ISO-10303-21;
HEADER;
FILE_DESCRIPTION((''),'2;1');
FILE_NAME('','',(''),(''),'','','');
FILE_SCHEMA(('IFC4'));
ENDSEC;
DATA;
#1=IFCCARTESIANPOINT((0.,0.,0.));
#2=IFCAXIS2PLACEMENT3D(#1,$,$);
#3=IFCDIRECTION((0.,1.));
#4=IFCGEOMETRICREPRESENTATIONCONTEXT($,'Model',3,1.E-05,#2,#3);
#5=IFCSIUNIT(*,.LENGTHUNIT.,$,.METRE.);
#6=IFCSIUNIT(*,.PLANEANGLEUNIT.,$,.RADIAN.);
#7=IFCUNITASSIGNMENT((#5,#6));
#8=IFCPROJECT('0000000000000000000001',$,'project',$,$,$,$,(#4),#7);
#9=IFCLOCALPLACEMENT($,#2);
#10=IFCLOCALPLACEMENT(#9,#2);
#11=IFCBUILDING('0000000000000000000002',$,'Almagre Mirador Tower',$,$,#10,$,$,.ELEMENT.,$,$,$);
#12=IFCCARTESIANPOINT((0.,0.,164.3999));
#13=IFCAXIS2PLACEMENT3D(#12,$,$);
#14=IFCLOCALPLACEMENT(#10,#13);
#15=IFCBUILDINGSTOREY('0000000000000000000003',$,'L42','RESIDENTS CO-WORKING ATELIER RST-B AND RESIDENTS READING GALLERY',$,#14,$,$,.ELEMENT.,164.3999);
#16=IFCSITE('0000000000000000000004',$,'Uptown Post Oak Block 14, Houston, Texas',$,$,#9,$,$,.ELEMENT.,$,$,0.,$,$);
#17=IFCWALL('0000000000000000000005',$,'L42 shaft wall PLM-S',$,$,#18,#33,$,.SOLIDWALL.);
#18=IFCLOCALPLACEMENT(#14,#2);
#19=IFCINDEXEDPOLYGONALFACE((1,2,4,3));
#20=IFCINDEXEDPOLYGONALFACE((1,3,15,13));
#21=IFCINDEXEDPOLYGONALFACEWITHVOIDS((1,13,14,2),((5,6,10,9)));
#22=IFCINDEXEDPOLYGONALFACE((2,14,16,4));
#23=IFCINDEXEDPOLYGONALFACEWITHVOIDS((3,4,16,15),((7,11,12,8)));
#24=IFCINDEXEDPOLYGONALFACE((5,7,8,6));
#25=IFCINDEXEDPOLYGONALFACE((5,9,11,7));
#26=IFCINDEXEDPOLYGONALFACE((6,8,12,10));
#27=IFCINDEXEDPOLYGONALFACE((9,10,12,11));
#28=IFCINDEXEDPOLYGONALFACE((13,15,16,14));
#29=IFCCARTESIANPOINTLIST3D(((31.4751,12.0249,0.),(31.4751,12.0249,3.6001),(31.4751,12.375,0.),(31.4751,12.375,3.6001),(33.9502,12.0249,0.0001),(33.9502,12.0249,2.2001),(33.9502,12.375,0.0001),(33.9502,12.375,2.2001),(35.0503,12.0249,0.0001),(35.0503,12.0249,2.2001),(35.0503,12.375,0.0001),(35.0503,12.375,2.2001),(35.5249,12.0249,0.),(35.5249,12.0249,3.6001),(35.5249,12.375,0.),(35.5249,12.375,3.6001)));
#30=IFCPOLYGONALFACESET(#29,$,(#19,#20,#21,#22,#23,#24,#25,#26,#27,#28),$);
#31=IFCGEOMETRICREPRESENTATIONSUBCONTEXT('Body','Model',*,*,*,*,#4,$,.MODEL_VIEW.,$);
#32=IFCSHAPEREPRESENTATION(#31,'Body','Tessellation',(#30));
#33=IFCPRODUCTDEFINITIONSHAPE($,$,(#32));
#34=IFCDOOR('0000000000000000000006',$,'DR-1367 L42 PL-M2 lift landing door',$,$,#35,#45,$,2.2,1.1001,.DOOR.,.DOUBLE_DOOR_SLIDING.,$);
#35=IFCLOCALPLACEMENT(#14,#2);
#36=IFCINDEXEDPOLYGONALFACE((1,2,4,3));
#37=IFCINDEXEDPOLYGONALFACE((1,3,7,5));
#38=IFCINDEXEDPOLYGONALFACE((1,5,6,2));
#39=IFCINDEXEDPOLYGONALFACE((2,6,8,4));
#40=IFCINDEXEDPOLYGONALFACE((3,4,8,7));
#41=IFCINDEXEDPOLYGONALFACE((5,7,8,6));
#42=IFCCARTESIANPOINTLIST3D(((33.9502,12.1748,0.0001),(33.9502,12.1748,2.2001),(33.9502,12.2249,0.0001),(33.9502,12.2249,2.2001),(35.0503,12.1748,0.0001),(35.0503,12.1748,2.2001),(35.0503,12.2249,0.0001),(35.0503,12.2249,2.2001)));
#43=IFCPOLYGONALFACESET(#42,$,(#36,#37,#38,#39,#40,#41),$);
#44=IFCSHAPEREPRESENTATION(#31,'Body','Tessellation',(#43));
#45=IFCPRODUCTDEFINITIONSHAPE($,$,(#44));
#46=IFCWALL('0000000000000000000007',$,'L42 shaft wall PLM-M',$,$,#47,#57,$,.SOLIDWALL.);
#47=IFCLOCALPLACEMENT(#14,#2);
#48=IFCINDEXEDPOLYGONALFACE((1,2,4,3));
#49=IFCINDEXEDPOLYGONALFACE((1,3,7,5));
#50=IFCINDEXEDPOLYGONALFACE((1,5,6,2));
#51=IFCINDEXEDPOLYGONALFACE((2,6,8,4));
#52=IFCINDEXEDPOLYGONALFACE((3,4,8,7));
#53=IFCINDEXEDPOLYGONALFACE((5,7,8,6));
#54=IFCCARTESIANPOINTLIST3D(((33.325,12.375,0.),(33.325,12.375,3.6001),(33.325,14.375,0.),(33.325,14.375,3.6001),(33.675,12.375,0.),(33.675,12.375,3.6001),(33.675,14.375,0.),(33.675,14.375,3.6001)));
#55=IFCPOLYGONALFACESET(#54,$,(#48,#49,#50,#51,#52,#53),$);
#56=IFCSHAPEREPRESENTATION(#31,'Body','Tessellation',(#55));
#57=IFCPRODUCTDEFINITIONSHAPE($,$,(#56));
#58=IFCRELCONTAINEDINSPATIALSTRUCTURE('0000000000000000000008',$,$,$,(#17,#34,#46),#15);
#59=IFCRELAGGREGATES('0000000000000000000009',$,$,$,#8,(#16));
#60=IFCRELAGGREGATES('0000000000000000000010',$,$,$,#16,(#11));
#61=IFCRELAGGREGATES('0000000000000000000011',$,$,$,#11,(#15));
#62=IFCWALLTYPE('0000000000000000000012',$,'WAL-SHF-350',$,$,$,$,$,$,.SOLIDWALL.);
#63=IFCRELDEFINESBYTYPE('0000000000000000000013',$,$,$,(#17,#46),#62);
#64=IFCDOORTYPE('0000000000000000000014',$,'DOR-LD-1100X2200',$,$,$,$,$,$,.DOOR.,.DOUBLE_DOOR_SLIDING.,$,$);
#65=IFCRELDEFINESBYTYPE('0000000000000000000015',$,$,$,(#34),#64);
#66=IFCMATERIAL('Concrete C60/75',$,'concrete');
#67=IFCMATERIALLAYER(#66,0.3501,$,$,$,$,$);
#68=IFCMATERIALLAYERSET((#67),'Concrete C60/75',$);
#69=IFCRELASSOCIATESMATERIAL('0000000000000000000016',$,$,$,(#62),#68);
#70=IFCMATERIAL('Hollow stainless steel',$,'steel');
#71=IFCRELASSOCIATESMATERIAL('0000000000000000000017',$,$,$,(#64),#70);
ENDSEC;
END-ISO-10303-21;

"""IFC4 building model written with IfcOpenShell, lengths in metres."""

from ifc_helpers import new_model, si_unit, direction, frame, frame_2d, origin, place, context, subcontext, project, spatial, rectangle, extrude, material, layer, layer_set, type_object, element, fill, save


model = new_model("IFC4")

# Units and contexts
model_context = context("Model", 3, precision=1e-05, world=origin(), true_north=direction((0.0, 1.0)))
body_context = subcontext(model_context, "Body", "Model", "MODEL_VIEW")
ifc_project = project(units=[si_unit("LENGTHUNIT", "METRE"), si_unit("PLANEANGLEUNIT", "RADIAN")], contexts=[model_context])

# Site, building, storey
site_placement = place(None, origin())
site = spatial("IfcSite", under=ifc_project, at=site_placement, Name="Uptown Post Oak Block 14, Houston, Texas", CompositionType="ELEMENT", RefElevation=0.0)
building_placement = place(site_placement, origin())
building = spatial("IfcBuilding", under=site, at=building_placement, Name="Almagre Mirador Tower", CompositionType="ELEMENT")
storey_placement = place(building_placement, frame((0.0, 0.0, 164.3999)))
storey = spatial("IfcBuildingStorey", under=building, at=storey_placement, Name="L42", Description="RESIDENTS CO-WORKING ATELIER RST-B AND RESIDENTS READING GALLERY", CompositionType="ELEMENT", Elevation=164.3999)

# Wall, opening, door
ifc_material_1 = material(Name="Concrete C60/75", Category="concrete")
ifc_layer_1 = layer(ifc_material_1, 0.3501)
ifc_layer_set_1 = layer_set([ifc_layer_1], Name="Concrete C60/75")
wall_type_1 = type_object("IfcWallType", Name="WAL-SHF-350", PredefinedType="SOLIDWALL", material=ifc_layer_set_1)
wall_1_placement = place(storey_placement, frame((31.4751, 12.2, 0.0), z_axis=(0.0, 0.0, 1.0), x_axis=(1.0, 0.0, 0.0)))
wall_1 = element("IfcWall", 1, at=wall_1_placement, inside=storey, type_object=wall_type_1, Name="L42 shaft wall PLM-S", PredefinedType="SOLIDWALL", context=body_context, shape_type="SweptSolid", body=[
    extrude(rectangle(XDim=4.0498, YDim=0.3501, at=frame_2d((2.0249, 0.0))), origin(), (0.0, 0.0, 1.0), 3.6001),
])
opening_1_placement = place(wall_1_placement, frame((2.4751, 0.0, 0.0)))
opening_1 = element("IfcOpeningElement", 2, at=opening_1_placement, cuts=wall_1, PredefinedType="OPENING", context=body_context, shape_type="SweptSolid", body=[
    extrude(rectangle(XDim=1.1001, YDim=2.2, at=frame_2d((0.55, 1.1001))), frame((0.0, 0.185, 0.0), z_axis=(0.0, -1.0, 0.0), x_axis=(1.0, 0.0, 0.0)), (0.0, 0.0, 1.0), 0.3701),
])
ifc_material_2 = material(Name="Hollow stainless steel", Category="steel")
door_type_1 = type_object("IfcDoorType", Name="DOR-LD-1100X2200", OperationType="DOUBLE_DOOR_SLIDING", PredefinedType="DOOR", material=ifc_material_2)
door_1_placement = place(opening_1_placement, origin())
door_1 = element("IfcDoor", 3, at=door_1_placement, inside=storey, type_object=door_type_1, Name="DR-1367 L42 PL-M2 lift landing door", OperationType="DOUBLE_DOOR_SLIDING", OverallHeight=2.2, OverallWidth=1.1001, PredefinedType="DOOR", context=body_context, shape_type="SweptSolid", body=[
    extrude(rectangle(XDim=1.1001, YDim=2.2, at=frame_2d((0.55, 1.1001))), frame((0.0, 0.0249, 0.0), z_axis=(0.0, -1.0, 0.0), x_axis=(1.0, 0.0, 0.0)), (0.0, 0.0, 1.0), 0.05),
])
fill(opening_1, door_1)

# Wall
wall_2_placement = place(storey_placement, frame((33.5, 12.375, 0.0), z_axis=(0.0, 0.0, 1.0), x_axis=(0.0, 1.0, 0.0)))
element("IfcWall", 4, at=wall_2_placement, inside=storey, type_object=wall_type_1, Name="L42 shaft wall PLM-M", PredefinedType="SOLIDWALL", context=body_context, shape_type="SweptSolid", body=[
    extrude(rectangle(XDim=2.0, YDim=0.3501, at=frame_2d((1.0, 0.0))), origin(), (0.0, 0.0, 1.0), 3.6001),
])

save(model, "model.ifc")
